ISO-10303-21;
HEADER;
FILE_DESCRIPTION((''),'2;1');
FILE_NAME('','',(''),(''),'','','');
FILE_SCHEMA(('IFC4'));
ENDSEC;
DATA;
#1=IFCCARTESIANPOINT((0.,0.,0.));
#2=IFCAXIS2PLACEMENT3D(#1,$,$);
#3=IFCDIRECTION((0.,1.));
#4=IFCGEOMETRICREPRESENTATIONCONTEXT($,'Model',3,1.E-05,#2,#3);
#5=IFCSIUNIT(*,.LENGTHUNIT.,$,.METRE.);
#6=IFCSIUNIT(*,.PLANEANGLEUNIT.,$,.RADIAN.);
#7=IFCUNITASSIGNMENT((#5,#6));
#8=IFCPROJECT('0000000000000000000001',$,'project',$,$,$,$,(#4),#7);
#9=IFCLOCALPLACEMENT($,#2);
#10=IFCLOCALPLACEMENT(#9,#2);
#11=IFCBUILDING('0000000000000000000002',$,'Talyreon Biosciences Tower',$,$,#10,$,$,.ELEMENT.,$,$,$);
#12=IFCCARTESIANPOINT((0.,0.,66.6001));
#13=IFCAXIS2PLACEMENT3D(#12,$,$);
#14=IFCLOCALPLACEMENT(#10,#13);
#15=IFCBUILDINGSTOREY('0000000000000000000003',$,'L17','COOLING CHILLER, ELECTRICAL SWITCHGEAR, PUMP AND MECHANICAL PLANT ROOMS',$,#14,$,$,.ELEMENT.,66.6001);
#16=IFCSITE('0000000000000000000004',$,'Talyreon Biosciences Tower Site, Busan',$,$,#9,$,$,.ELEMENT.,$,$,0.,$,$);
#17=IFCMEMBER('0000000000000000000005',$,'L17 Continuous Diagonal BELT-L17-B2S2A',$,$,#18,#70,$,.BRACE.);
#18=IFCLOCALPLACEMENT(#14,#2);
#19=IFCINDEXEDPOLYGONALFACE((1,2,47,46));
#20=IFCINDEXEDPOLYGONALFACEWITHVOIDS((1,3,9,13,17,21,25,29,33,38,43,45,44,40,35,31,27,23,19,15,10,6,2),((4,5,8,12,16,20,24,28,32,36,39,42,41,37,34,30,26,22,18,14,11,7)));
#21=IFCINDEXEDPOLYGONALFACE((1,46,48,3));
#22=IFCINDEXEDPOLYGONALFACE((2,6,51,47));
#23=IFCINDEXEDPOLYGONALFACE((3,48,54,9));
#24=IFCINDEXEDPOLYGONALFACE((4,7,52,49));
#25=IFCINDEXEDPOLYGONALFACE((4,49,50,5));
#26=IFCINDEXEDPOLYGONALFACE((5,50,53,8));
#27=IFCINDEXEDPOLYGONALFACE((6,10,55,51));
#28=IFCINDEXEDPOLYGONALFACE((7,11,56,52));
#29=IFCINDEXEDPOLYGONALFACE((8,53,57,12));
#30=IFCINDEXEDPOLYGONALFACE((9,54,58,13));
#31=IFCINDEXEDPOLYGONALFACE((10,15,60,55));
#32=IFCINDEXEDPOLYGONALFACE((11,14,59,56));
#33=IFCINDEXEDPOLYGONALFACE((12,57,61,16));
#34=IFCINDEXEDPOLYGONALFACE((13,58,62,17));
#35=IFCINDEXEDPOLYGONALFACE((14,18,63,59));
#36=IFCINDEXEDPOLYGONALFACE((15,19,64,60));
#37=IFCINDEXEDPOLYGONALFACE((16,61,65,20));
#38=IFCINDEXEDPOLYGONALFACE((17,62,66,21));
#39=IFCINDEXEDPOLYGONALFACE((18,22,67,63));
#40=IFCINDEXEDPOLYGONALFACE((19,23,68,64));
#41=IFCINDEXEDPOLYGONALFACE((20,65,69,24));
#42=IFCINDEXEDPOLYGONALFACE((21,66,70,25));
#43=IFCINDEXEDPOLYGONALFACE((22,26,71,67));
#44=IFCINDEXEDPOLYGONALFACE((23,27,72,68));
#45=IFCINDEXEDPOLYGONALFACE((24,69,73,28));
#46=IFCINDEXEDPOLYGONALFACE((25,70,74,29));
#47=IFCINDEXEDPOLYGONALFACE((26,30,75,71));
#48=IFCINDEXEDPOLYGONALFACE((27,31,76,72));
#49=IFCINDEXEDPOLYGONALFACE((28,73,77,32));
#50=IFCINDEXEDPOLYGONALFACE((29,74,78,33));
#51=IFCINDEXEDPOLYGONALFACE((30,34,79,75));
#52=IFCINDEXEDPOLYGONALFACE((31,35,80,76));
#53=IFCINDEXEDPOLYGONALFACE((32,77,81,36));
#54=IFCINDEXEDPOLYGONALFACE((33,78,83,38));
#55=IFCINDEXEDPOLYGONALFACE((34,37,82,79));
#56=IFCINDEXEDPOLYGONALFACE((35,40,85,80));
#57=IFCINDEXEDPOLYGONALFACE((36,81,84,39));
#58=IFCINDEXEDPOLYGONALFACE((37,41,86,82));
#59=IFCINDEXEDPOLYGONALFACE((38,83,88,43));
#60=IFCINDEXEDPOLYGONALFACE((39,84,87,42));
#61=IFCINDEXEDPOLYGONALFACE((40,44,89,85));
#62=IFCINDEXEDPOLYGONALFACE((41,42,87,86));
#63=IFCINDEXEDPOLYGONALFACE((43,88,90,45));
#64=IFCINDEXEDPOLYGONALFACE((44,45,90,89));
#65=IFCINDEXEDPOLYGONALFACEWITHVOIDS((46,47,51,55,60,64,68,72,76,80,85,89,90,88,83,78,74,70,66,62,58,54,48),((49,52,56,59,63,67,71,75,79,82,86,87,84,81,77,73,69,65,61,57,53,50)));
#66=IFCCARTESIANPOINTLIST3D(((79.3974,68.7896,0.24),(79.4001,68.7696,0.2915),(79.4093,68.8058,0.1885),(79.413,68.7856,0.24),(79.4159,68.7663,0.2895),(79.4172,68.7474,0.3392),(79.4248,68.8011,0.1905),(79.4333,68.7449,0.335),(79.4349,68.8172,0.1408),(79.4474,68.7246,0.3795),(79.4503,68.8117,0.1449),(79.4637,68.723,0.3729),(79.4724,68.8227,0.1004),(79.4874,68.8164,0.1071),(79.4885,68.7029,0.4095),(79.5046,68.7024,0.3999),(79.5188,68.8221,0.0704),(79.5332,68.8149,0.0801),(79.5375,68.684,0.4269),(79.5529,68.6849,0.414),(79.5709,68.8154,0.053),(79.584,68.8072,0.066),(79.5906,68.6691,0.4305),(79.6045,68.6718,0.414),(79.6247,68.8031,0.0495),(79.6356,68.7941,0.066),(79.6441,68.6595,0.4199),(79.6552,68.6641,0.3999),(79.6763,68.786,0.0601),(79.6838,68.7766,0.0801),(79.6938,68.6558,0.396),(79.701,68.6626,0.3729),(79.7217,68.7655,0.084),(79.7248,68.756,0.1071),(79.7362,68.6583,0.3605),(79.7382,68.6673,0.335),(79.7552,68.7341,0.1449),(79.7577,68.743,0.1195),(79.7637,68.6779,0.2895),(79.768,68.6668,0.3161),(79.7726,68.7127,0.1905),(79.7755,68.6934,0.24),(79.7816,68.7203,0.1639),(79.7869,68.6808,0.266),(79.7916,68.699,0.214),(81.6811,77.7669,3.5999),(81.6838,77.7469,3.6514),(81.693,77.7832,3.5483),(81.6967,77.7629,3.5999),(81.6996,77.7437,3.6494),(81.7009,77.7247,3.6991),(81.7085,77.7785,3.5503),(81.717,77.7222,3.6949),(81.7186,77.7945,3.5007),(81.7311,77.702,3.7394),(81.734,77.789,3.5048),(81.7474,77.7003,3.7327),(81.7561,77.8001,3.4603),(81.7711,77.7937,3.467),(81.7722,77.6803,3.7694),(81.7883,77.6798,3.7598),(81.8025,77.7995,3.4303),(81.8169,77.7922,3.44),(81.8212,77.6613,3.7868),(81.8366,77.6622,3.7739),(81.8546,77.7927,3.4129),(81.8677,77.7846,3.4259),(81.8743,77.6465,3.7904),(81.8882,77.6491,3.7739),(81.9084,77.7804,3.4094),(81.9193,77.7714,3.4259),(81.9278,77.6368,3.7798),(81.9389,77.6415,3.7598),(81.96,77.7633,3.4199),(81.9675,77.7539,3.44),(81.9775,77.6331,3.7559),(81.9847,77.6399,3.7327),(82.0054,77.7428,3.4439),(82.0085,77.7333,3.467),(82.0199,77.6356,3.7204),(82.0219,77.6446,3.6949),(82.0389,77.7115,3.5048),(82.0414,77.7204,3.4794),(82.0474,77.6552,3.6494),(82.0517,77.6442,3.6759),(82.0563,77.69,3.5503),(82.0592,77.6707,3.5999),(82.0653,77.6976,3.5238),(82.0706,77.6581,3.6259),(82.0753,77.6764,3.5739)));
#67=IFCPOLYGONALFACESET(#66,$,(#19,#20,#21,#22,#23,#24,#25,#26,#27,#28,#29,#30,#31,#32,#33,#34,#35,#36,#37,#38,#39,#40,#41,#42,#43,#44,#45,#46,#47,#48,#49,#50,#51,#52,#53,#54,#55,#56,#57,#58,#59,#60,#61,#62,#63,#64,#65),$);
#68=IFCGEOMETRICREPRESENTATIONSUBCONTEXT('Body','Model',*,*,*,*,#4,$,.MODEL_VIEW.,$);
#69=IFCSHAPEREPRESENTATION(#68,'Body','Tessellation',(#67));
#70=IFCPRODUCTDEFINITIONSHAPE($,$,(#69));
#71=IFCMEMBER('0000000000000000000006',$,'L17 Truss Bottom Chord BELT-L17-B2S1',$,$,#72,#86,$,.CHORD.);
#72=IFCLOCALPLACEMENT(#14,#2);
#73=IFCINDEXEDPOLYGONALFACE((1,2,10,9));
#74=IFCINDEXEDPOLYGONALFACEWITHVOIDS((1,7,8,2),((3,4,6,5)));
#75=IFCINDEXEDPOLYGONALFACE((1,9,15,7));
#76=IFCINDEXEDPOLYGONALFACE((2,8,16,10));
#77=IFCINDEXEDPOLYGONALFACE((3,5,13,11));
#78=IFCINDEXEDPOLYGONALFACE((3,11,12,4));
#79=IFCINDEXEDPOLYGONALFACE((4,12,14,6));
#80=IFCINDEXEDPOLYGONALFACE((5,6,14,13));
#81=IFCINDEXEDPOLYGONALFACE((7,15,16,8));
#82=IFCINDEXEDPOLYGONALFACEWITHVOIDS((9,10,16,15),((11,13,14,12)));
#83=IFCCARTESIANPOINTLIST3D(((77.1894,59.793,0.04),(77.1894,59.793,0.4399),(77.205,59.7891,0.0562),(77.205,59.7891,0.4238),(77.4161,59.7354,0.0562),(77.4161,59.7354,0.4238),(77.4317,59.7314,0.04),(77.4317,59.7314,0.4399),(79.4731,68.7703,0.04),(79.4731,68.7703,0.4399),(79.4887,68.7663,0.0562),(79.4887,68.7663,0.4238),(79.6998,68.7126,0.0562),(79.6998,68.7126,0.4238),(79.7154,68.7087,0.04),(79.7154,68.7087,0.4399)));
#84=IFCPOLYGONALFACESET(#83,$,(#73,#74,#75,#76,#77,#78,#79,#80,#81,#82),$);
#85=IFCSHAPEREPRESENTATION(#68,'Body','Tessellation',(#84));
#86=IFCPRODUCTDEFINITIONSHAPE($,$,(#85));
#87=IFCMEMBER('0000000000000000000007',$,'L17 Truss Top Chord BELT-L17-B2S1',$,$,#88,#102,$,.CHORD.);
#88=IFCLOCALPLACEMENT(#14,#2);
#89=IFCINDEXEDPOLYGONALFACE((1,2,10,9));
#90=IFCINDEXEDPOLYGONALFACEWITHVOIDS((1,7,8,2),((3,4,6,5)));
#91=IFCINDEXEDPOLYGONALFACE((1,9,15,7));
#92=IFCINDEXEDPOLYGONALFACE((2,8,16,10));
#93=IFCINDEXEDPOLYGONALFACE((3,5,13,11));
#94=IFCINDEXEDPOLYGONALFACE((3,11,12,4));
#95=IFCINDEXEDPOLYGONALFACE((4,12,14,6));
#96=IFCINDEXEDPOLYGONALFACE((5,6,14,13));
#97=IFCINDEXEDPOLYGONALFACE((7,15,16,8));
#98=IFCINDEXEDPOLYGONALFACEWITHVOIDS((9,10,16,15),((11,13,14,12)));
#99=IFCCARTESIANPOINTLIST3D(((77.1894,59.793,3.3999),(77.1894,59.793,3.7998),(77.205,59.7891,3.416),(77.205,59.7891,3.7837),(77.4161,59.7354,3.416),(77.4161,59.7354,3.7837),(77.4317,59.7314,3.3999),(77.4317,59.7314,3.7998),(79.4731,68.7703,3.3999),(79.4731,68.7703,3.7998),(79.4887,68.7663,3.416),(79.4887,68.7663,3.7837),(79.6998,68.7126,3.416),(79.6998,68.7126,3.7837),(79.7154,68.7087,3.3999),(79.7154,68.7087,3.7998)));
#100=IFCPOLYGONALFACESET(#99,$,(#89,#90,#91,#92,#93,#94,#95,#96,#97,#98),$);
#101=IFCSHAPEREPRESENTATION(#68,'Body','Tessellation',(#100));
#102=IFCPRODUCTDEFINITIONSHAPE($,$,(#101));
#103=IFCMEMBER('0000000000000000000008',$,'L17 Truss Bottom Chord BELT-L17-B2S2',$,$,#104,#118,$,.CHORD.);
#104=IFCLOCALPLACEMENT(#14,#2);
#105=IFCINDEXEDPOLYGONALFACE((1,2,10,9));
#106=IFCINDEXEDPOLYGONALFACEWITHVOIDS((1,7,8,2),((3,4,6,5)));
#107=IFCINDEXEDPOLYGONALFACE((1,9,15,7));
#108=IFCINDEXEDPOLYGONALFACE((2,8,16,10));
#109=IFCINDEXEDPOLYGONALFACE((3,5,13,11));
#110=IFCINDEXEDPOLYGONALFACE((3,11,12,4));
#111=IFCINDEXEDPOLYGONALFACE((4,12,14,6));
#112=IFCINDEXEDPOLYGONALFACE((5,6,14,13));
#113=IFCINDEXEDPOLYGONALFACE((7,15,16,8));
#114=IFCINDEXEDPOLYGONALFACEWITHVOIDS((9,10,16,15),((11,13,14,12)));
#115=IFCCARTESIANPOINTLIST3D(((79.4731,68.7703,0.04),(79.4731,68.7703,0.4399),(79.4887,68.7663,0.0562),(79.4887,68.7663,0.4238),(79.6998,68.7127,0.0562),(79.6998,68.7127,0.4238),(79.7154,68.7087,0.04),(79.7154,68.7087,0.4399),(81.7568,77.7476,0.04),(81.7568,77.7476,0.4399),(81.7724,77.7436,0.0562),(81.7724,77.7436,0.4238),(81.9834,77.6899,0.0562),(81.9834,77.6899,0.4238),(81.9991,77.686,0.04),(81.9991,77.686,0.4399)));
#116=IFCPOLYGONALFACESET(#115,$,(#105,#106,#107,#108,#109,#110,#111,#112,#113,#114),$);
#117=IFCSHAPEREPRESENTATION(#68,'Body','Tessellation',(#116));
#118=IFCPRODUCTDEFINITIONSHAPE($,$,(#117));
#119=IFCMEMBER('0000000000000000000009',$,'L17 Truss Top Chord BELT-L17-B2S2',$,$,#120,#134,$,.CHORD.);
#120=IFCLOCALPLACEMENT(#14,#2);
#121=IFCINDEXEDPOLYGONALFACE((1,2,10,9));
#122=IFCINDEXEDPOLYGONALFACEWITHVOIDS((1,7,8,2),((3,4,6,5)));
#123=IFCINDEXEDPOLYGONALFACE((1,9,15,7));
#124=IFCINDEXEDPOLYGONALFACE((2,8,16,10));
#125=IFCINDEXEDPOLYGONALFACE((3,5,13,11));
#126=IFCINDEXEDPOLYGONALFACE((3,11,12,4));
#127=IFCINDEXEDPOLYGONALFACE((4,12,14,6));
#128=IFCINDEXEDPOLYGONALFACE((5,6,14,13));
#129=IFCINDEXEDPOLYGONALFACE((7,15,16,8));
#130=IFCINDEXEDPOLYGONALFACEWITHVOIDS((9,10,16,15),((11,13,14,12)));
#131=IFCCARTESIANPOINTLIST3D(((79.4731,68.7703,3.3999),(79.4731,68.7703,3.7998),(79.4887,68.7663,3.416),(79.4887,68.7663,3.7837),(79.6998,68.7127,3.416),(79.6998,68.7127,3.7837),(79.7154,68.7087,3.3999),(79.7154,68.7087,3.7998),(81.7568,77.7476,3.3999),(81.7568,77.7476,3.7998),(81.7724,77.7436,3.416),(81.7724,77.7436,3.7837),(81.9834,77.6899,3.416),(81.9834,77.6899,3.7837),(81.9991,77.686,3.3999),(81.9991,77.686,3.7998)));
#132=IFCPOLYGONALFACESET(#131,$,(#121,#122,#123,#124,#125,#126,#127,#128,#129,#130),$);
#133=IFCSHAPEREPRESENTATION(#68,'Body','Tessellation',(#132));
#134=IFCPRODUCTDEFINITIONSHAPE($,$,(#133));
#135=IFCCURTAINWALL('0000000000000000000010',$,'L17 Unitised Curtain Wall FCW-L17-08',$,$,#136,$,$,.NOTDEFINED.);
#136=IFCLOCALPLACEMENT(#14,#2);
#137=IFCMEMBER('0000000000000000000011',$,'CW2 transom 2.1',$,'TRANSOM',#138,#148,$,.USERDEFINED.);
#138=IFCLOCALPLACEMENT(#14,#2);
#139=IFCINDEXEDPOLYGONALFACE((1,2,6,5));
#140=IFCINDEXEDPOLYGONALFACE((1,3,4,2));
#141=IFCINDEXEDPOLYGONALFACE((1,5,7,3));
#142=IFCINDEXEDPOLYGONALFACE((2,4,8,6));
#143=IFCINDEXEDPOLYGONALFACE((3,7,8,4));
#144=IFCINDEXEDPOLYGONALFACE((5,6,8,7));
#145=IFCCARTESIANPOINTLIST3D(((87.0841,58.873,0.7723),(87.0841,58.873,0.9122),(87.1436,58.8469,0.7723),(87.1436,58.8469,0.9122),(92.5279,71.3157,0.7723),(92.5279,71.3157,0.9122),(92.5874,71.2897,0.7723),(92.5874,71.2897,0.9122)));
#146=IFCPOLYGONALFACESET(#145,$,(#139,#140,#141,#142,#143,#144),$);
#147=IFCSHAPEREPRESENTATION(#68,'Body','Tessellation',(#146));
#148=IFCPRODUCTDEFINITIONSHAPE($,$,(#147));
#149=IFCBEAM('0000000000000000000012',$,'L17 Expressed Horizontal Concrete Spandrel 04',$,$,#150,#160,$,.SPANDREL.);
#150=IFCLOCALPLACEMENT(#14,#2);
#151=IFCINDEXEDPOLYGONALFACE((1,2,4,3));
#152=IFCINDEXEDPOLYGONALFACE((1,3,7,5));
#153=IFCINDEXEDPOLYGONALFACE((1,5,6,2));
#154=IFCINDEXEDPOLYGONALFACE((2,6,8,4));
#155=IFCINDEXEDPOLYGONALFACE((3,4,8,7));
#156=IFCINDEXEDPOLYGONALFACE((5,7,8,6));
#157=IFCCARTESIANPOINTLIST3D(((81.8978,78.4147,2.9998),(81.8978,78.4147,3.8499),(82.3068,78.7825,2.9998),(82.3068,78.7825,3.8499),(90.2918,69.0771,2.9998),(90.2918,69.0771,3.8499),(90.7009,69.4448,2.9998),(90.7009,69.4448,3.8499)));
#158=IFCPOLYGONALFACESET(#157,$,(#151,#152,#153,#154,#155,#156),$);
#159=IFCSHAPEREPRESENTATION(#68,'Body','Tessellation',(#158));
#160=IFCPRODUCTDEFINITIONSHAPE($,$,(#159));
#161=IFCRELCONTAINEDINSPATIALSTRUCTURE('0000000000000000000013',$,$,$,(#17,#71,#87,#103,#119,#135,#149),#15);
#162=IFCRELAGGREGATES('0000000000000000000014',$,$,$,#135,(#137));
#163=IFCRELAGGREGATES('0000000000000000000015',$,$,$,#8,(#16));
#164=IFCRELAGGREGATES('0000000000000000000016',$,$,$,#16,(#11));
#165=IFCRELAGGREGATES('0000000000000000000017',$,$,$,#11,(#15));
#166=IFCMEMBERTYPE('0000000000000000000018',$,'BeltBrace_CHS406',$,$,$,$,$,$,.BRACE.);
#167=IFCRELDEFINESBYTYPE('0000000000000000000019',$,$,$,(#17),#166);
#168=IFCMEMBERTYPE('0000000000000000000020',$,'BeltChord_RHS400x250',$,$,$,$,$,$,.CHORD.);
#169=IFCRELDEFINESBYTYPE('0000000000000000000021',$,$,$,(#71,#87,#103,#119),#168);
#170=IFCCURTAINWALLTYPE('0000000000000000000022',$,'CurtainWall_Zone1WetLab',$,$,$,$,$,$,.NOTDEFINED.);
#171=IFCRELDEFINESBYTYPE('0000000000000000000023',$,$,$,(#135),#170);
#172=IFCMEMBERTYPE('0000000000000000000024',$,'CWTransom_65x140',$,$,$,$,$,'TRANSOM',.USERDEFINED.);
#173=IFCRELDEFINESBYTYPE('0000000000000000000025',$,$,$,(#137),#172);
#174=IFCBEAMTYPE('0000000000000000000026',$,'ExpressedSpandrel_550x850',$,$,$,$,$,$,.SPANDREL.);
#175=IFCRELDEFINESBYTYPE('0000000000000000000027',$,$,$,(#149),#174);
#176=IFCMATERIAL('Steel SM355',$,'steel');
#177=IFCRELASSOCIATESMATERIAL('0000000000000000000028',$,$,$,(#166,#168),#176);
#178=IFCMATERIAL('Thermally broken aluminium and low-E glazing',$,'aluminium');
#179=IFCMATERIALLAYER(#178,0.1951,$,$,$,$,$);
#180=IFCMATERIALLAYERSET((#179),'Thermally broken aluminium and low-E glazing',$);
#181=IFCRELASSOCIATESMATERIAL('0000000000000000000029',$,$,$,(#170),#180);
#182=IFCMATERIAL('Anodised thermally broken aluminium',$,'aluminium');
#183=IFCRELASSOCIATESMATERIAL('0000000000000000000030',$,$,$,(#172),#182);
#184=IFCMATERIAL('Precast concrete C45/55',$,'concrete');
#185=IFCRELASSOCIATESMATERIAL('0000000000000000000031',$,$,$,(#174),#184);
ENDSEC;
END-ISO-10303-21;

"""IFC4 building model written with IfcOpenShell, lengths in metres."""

from ifc_helpers import new_model, si_unit, direction, frame, origin, origin_2d, place, context, subcontext, project, spatial, rectangle, hollow_rectangle, hollow_circle, extrude, material, layer, layer_set, material_profile, profile_set, type_object, element, aggregate, save


model = new_model("IFC4")

# Units and contexts
model_context = context("Model", 3, precision=1e-05, world=origin(), true_north=direction((0.0, 1.0)))
body_context = subcontext(model_context, "Body", "Model", "MODEL_VIEW")
ifc_project = project(units=[si_unit("LENGTHUNIT", "METRE"), si_unit("PLANEANGLEUNIT", "RADIAN")], contexts=[model_context])

# Site, building, storey
site_placement = place(None, origin())
site = spatial("IfcSite", under=ifc_project, at=site_placement, Name="Talyreon Biosciences Tower Site, Busan", CompositionType="ELEMENT", RefElevation=0.0)
building_placement = place(site_placement, origin())
building = spatial("IfcBuilding", under=site, at=building_placement, Name="Talyreon Biosciences Tower", CompositionType="ELEMENT")
storey_placement = place(building_placement, frame((0.0, 0.0, 66.6001)))
storey = spatial("IfcBuildingStorey", under=building, at=storey_placement, Name="L17", Description="COOLING CHILLER, ELECTRICAL SWITCHGEAR, PUMP AND MECHANICAL PLANT ROOMS", CompositionType="ELEMENT", Elevation=66.6001)

# Members
ifc_material_1 = material(Name="Steel SM355", Category="steel")
ifc_material_profile_1 = material_profile(ifc_material_1, hollow_circle(Radius=0.2031, WallThickness=0.0161, at=origin_2d()), Name="CHS 406.4x16")
ifc_profile_set_1 = profile_set([ifc_material_profile_1], Name="Steel SM355")
member_type_1 = type_object("IfcMemberType", Name="BeltBrace_CHS406", PredefinedType="BRACE", material=ifc_profile_set_1)
member_1_placement = place(storey_placement, frame((79.5942, 68.7395, 0.24), z_axis=(0.231759, 0.911057, 0.340974), x_axis=(-0.969134, 0.246533, 0.0)))
element("IfcMember", 1, at=member_1_placement, inside=storey, type_object=member_type_1, Name="L17 Continuous Diagonal BELT-L17-B2S2A", PredefinedType="BRACE", context=body_context, shape_type="SweptSolid", body=[
    extrude(hollow_circle(Radius=0.2031, WallThickness=0.0161, at=origin_2d()), origin(), (0.0, 0.0, 1.0), 9.8538),
])
ifc_material_profile_2 = material_profile(ifc_material_1, hollow_rectangle(XDim=0.25, YDim=0.3999, WallThickness=0.0161, at=origin_2d()), Name="RHS 400x250x16")
ifc_profile_set_2 = profile_set([ifc_material_profile_2], Name="Steel SM355")
member_type_2 = type_object("IfcMemberType", Name="BeltChord_RHS400x250", PredefinedType="CHORD", material=ifc_profile_set_2)
for number, where, z_axis, x_axis, name in (
    (2, (77.3105, 59.7622, 0.24), (0.246533, 0.969134, 0.0), (-0.969134, 0.246533, 0.0), "L17 Truss Bottom Chord BELT-L17-B2S1"),
    (3, (77.3105, 59.7622, 3.5999), (0.246533, 0.969134, 0.0), (-0.969134, 0.246533, 0.0), "L17 Truss Top Chord BELT-L17-B2S1"),
    (4, (79.5942, 68.7395, 0.24), (0.246533, 0.969134, 0.0), (-0.969134, 0.246533, 0.0), "L17 Truss Bottom Chord BELT-L17-B2S2"),
    (5, (79.5942, 68.7395, 3.5999), (0.246533, 0.969134, 0.0), (-0.969134, 0.246533, 0.0), "L17 Truss Top Chord BELT-L17-B2S2"),
):
    element("IfcMember", number, at=place(storey_placement, frame(where, z_axis=z_axis, x_axis=x_axis)), inside=storey, type_object=member_type_2, Name=name, PredefinedType="CHORD", context=body_context, shape_type="SweptSolid", body=[
        extrude(hollow_rectangle(XDim=0.25, YDim=0.3999, WallThickness=0.0161, at=origin_2d()), origin(), (0.0, 0.0, 1.0), 9.2632),
    ])

# Curtain wall, member
ifc_material_2 = material(Name="Thermally broken aluminium and low-E glazing", Category="aluminium")
ifc_layer_1 = layer(ifc_material_2, 0.1951)
ifc_layer_set_1 = layer_set([ifc_layer_1], Name="Thermally broken aluminium and low-E glazing")
curtain_wall_type = type_object("IfcCurtainWallType", Name="CurtainWall_Zone1WetLab", PredefinedType="NOTDEFINED", material=ifc_layer_set_1)
curtain_wall_placement = place(storey_placement, origin())
curtain_wall = element("IfcCurtainWall", 6, at=curtain_wall_placement, inside=storey, type_object=curtain_wall_type, Name="L17 Unitised Curtain Wall FCW-L17-08", PredefinedType="NOTDEFINED")
ifc_material_3 = material(Name="Anodised thermally broken aluminium", Category="aluminium")
ifc_material_profile_3 = material_profile(ifc_material_3, rectangle(XDim=0.0649, YDim=0.1399, at=origin_2d()), Name="ALUM TRANSOM 65x140")
ifc_profile_set_3 = profile_set([ifc_material_profile_3], Name="Anodised thermally broken aluminium")
member_type_3 = type_object("IfcMemberType", Name="CWTransom_65x140", ElementType="TRANSOM", PredefinedType="USERDEFINED", material=ifc_profile_set_3)
member_2_placement = place(storey_placement, frame((92.5576, 71.3027, 0.8423), z_axis=(-0.400824, -0.916155, 0.0), x_axis=(0.916155, -0.400824, 0.0)))
member_2 = element("IfcMember", 7, at=member_2_placement, type_object=member_type_3, Name="CW2 transom 2.1", ObjectType="TRANSOM", PredefinedType="USERDEFINED", context=body_context, shape_type="SweptSolid", body=[
    extrude(rectangle(XDim=0.0649, YDim=0.1399, at=origin_2d()), origin(), (0.0, 0.0, 1.0), 13.5815),
])

# Beam
ifc_material_4 = material(Name="Precast concrete C45/55", Category="concrete")
ifc_material_profile_4 = material_profile(ifc_material_4, rectangle(XDim=0.55, YDim=0.8501, at=origin_2d()), Name="RCB 550x850")
ifc_profile_set_4 = profile_set([ifc_material_profile_4], Name="Precast concrete C45/55")
beam_type_1 = type_object("IfcBeamType", Name="ExpressedSpandrel_550x850", PredefinedType="SPANDREL", material=ifc_profile_set_4)
beam_1_placement = place(storey_placement, frame((90.4963, 69.261, 3.4248), z_axis=(-0.668532, 0.743684, 0.0), x_axis=(-0.743684, -0.668532, 0.0)))
element("IfcBeam", 8, at=beam_1_placement, inside=storey, type_object=beam_type_1, Name="L17 Expressed Horizontal Concrete Spandrel 04", PredefinedType="SPANDREL", context=body_context, shape_type="SweptSolid", body=[
    extrude(rectangle(XDim=0.55, YDim=0.8501, at=origin_2d()), origin(), (0.0, 0.0, 1.0), 12.5559),
])

aggregate(curtain_wall, [member_2])

save(model, "model.ifc")
